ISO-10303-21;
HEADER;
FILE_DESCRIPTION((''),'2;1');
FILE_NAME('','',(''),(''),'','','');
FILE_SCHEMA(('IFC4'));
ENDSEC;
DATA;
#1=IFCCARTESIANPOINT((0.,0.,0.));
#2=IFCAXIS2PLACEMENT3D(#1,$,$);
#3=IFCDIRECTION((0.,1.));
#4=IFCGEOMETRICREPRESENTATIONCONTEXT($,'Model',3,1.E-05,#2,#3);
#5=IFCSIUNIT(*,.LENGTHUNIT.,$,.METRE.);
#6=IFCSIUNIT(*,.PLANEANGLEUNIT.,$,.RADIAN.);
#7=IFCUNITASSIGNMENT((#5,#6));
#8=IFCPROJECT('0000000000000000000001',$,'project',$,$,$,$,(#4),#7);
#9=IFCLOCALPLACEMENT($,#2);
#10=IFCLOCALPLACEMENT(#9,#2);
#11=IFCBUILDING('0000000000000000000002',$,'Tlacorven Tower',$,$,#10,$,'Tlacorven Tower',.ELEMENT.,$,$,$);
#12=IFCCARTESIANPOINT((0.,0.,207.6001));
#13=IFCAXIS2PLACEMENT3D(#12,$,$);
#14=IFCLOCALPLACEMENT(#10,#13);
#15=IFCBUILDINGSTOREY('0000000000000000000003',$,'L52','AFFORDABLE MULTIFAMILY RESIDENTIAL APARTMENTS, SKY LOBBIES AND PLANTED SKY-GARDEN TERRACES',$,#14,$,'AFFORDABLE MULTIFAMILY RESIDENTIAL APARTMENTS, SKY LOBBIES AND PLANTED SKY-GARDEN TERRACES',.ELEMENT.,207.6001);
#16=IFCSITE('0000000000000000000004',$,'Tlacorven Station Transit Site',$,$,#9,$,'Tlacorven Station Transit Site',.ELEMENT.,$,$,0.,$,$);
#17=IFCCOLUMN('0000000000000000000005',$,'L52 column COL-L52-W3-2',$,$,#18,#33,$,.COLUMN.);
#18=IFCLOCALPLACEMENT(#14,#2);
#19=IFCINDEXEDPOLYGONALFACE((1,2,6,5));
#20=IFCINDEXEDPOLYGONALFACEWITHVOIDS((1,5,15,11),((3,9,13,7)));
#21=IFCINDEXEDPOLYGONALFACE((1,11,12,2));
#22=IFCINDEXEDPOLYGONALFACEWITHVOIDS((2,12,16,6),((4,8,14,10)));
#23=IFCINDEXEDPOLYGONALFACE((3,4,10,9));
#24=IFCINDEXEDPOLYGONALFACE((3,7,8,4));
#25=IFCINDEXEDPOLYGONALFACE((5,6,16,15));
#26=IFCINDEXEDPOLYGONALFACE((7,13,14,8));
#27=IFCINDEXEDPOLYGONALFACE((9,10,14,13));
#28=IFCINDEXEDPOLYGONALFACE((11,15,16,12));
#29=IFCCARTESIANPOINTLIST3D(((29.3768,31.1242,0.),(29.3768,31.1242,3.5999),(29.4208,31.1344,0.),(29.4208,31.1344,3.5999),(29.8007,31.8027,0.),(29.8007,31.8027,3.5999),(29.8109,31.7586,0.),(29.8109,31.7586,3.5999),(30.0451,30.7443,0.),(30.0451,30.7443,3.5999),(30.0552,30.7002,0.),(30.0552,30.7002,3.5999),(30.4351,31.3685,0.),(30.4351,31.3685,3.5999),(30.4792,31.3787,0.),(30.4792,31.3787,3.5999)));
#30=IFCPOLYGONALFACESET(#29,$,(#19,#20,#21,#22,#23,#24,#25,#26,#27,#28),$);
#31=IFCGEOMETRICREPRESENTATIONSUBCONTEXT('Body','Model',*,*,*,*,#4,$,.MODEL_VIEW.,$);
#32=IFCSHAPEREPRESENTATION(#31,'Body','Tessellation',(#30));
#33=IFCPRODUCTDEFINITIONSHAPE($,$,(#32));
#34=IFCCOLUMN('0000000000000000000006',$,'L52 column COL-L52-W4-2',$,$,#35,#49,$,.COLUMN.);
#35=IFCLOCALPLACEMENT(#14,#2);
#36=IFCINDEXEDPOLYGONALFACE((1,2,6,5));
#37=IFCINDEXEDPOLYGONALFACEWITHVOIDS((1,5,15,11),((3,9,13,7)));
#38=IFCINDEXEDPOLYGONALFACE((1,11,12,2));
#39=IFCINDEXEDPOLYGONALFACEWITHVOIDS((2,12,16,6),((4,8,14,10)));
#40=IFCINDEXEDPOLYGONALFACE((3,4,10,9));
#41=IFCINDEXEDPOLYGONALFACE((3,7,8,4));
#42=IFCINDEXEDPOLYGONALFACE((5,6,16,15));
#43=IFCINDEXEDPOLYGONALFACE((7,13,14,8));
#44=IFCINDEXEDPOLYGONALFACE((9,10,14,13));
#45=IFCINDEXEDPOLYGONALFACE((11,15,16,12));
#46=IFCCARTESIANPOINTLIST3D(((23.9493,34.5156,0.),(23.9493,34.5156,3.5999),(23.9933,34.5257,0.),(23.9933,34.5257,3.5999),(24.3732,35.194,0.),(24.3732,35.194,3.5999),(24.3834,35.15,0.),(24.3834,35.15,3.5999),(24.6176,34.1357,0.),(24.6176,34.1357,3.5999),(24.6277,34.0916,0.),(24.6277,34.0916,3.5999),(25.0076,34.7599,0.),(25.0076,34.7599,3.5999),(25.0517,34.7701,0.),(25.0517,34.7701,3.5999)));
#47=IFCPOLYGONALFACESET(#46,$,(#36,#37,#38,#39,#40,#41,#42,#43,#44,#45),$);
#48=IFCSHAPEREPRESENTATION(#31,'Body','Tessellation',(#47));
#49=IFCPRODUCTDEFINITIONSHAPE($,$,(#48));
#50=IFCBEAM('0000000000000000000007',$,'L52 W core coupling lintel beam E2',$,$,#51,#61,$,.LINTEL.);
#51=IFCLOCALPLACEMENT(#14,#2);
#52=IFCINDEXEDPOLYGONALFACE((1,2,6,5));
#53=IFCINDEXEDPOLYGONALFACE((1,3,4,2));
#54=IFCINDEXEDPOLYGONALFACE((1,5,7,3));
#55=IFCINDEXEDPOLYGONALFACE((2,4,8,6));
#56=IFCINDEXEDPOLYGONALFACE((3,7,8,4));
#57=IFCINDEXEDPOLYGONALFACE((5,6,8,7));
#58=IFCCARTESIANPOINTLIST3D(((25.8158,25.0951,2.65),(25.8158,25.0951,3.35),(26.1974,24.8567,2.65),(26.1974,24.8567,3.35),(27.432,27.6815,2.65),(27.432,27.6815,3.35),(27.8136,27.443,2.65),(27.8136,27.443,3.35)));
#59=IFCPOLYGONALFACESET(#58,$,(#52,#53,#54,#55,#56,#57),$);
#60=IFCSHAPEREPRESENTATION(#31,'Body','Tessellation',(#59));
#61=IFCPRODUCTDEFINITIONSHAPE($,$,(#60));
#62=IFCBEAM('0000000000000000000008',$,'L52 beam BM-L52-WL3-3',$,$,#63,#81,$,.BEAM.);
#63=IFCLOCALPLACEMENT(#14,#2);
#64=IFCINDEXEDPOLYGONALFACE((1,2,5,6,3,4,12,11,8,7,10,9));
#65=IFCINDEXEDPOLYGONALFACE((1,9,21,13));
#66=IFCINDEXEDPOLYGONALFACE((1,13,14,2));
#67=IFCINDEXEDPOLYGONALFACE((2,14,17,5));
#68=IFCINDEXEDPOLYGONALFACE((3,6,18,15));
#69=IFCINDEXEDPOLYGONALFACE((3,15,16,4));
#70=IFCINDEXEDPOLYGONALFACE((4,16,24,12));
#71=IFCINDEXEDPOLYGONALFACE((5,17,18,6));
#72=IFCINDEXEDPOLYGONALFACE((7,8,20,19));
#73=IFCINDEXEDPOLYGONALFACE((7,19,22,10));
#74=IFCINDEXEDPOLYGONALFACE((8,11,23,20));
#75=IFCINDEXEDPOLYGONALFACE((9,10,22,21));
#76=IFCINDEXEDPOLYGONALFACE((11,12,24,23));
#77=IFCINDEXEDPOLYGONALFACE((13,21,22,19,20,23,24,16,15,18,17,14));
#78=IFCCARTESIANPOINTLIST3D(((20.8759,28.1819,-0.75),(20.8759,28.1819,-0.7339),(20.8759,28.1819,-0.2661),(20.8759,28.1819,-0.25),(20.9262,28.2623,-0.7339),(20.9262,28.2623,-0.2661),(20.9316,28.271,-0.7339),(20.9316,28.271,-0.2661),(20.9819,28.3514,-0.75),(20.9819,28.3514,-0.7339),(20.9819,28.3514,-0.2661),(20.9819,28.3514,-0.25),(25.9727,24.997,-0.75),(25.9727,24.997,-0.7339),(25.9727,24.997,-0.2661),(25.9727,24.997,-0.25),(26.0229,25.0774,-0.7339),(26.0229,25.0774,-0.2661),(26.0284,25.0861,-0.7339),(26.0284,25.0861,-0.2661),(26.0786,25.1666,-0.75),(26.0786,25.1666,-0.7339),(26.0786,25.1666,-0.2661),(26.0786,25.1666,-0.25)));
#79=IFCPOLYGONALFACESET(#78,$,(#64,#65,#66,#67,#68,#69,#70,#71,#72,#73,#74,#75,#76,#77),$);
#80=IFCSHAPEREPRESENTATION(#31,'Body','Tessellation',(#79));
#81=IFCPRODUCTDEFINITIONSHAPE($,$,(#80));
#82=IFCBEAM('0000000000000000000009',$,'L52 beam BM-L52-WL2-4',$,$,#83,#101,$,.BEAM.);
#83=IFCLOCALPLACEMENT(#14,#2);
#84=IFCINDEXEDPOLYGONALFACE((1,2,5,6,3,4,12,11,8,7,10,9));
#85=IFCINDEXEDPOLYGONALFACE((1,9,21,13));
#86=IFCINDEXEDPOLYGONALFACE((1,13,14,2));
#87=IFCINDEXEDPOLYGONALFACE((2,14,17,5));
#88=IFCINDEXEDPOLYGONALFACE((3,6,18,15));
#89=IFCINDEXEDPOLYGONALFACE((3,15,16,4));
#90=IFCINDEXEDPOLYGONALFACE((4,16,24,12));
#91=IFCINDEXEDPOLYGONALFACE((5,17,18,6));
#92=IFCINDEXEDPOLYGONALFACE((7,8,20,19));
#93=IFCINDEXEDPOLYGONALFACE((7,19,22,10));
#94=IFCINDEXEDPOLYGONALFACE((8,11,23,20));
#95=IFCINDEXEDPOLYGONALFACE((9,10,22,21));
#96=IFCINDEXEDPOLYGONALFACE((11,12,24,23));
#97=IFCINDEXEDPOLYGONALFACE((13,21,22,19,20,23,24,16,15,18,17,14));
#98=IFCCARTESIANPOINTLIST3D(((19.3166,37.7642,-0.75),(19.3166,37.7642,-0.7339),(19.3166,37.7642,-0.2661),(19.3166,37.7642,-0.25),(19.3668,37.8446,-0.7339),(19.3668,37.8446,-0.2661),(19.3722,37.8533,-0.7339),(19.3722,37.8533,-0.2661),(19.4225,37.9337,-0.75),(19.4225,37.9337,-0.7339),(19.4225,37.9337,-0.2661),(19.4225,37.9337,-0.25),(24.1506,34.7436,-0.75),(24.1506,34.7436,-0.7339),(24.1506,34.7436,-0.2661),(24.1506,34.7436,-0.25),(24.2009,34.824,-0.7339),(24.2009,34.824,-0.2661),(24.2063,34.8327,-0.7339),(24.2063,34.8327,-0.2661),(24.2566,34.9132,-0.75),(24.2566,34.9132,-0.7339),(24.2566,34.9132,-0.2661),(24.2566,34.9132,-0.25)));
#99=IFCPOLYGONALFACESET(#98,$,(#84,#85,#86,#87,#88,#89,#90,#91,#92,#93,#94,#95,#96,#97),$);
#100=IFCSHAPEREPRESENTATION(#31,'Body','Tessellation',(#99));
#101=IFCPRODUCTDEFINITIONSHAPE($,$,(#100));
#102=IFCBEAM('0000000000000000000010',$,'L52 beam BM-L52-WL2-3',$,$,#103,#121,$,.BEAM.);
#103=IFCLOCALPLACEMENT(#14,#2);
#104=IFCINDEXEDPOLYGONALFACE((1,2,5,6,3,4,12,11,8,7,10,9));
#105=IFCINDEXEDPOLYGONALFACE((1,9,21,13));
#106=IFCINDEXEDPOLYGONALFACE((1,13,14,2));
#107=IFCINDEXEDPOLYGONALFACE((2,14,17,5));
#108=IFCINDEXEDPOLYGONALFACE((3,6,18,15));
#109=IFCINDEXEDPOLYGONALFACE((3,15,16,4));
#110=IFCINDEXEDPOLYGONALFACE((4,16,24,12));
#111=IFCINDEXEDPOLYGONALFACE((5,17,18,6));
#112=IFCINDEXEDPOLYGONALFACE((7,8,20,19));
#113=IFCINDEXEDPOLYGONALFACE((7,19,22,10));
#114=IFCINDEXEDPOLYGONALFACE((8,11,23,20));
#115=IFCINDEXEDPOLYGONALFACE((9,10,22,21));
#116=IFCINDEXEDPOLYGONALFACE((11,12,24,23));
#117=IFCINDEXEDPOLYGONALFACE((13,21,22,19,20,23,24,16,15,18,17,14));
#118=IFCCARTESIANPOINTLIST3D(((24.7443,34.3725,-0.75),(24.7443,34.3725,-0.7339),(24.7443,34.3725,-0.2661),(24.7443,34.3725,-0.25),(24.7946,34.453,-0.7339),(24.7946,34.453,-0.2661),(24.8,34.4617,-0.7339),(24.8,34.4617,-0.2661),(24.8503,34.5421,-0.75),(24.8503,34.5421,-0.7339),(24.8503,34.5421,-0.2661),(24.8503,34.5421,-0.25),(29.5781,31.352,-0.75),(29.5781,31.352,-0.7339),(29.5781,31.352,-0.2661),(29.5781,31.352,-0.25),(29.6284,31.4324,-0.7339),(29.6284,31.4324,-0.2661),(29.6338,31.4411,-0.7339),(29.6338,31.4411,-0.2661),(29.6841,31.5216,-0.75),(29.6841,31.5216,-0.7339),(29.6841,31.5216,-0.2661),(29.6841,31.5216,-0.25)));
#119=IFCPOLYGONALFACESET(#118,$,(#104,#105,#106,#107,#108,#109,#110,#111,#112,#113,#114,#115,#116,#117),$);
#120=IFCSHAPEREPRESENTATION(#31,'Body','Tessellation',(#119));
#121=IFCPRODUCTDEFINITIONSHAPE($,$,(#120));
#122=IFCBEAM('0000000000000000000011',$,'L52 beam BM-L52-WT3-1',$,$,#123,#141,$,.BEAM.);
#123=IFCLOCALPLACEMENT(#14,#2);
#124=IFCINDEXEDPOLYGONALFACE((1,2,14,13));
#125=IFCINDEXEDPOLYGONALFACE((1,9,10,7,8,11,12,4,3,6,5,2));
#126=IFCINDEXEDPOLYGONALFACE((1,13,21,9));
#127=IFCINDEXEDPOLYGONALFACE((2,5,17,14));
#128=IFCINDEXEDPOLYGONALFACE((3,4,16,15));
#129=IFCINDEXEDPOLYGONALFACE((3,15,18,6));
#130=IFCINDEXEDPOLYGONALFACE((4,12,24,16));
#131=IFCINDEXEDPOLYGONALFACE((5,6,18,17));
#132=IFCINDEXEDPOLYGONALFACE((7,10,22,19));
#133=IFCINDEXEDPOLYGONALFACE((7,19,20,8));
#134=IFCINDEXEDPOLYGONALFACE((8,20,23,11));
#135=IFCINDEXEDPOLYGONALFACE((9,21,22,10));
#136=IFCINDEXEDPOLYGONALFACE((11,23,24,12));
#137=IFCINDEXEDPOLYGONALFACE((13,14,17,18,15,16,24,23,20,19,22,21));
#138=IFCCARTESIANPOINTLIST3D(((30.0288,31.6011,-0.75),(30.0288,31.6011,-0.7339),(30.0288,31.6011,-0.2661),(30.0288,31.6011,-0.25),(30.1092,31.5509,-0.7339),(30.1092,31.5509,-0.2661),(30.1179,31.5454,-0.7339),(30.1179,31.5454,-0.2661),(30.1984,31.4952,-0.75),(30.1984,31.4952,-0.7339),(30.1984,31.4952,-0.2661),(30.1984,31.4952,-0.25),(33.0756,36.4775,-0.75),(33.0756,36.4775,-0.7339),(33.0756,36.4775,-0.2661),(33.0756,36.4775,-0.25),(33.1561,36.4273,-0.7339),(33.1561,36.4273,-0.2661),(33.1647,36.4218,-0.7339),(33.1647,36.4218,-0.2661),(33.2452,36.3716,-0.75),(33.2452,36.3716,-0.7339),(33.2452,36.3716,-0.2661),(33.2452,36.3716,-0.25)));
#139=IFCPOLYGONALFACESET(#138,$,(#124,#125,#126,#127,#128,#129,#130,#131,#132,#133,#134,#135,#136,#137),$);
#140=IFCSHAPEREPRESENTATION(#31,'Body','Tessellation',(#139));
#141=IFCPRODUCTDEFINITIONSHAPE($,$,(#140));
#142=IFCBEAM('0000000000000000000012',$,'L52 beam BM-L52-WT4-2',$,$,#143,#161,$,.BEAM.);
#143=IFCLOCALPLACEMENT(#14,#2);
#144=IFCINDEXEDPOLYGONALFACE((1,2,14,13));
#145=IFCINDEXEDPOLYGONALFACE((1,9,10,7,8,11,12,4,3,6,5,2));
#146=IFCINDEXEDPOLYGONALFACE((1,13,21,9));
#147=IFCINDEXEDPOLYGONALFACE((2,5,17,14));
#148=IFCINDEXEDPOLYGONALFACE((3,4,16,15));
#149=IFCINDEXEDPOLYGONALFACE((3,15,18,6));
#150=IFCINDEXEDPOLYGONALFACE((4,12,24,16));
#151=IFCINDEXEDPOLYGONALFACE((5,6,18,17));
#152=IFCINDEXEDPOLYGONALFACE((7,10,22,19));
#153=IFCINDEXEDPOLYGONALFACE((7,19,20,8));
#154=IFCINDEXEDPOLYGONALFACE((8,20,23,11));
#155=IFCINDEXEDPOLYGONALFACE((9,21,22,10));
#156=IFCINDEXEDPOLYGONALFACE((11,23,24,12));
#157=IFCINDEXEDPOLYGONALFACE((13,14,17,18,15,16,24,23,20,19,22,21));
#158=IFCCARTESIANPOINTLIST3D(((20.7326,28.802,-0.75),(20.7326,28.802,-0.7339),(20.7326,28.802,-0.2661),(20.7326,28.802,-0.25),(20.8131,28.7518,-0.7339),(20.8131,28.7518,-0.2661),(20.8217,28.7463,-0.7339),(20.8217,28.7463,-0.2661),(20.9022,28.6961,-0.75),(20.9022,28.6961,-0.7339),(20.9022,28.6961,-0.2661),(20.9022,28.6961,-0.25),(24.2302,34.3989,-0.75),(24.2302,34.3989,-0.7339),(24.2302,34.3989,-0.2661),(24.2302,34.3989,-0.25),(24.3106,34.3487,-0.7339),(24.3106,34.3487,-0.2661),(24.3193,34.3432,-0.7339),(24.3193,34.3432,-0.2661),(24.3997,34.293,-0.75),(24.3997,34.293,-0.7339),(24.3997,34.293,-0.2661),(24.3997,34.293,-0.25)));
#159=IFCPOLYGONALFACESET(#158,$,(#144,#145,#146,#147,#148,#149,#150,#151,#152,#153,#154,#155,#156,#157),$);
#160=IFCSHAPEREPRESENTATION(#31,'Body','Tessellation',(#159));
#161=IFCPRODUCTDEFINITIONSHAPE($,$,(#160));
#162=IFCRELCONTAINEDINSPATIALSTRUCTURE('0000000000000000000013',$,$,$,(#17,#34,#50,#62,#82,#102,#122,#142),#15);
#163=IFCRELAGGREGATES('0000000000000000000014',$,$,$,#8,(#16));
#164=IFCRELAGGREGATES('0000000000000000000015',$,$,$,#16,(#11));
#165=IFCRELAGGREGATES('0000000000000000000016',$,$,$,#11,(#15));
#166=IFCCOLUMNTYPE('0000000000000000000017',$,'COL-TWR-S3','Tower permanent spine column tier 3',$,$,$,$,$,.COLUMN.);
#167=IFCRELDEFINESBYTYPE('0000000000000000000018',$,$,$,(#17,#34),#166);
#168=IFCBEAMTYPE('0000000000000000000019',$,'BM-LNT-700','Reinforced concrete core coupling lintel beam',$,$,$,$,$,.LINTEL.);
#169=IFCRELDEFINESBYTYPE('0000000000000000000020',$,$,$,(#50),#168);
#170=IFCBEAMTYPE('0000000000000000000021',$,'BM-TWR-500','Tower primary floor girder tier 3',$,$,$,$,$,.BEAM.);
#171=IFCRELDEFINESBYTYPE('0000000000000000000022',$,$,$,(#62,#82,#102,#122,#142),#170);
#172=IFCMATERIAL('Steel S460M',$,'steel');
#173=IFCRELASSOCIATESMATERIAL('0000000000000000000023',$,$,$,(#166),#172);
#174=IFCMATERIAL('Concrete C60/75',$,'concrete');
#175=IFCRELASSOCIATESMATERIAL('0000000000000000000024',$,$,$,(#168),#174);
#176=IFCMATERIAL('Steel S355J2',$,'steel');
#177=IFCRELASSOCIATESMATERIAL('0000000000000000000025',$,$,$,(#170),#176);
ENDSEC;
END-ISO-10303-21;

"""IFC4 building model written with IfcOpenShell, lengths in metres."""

from ifc_helpers import new_model, si_unit, direction, frame, origin, origin_2d, place, context, subcontext, project, spatial, rectangle, hollow_rectangle, i_section, extrude, source, transform, mapped, material, material_profile, profile_set, type_object, element, save


model = new_model("IFC4")

# Units and contexts
model_context = context("Model", 3, precision=1e-05, world=origin(), true_north=direction((0.0, 1.0)))
body_context = subcontext(model_context, "Body", "Model", "MODEL_VIEW")
ifc_project = project(units=[si_unit("LENGTHUNIT", "METRE"), si_unit("PLANEANGLEUNIT", "RADIAN")], contexts=[model_context])

# Site, building, storey
site_placement = place(None, origin())
site = spatial("IfcSite", under=ifc_project, at=site_placement, Name="Tlacorven Station Transit Site", LongName="Tlacorven Station Transit Site", CompositionType="ELEMENT", RefElevation=0.0)
building_placement = place(site_placement, origin())
building = spatial("IfcBuilding", under=site, at=building_placement, Name="Tlacorven Tower", LongName="Tlacorven Tower", CompositionType="ELEMENT")
storey_placement = place(building_placement, frame((0.0, 0.0, 207.6001)))
storey = spatial("IfcBuildingStorey", under=building, at=storey_placement, Name="L52", Description="AFFORDABLE MULTIFAMILY RESIDENTIAL APARTMENTS, SKY LOBBIES AND PLANTED SKY-GARDEN TERRACES", LongName="AFFORDABLE MULTIFAMILY RESIDENTIAL APARTMENTS, SKY LOBBIES AND PLANTED SKY-GARDEN TERRACES", CompositionType="ELEMENT", Elevation=207.6001)

# Columns
ifc_material_1 = material(Name="Steel S460M", Category="steel")
ifc_material_profile_1 = material_profile(ifc_material_1, hollow_rectangle(XDim=0.8, YDim=0.8, WallThickness=0.032, at=origin_2d()), Name="BOX 800X800X32")
ifc_profile_set_1 = profile_set([ifc_material_profile_1], Name="Steel S460M")
column_type = type_object("IfcColumnType", Name="COL-TWR-S3", Description="Tower permanent spine column tier 3", PredefinedType="COLUMN", material=ifc_profile_set_1)
shared_shape_1 = source(origin(), body_context, "Body", "SweptSolid", [
    extrude(hollow_rectangle(XDim=0.8, YDim=0.8, WallThickness=0.032, at=origin_2d()), origin(), (0.0, 0.0, 1.0), 3.5999),
])
for number, where, z_axis, x_axis, name in (
    (1, (29.928, 31.2515, 0.0), (0.0, 0.0, 1.0), (-0.848048, 0.529919, 0.0), "L52 column COL-L52-W3-2"),
    (2, (24.5005, 34.6428, 0.0), (0.0, 0.0, 1.0), (-0.848048, 0.529919, 0.0), "L52 column COL-L52-W4-2"),
):
    element("IfcColumn", number, at=place(storey_placement, frame(where, z_axis=z_axis, x_axis=x_axis)), inside=storey, type_object=column_type, Name=name, PredefinedType="COLUMN", context=body_context, shape_type="MappedRepresentation", body=[
        mapped(shared_shape_1, transform((0.0, 0.0, 0.0), scale=1.0)),
    ])

# Beams
ifc_material_2 = material(Name="Concrete C60/75", Category="concrete")
ifc_material_profile_2 = material_profile(ifc_material_2, rectangle(XDim=0.45, YDim=0.7, at=origin_2d()), Name="RC 450X700")
ifc_profile_set_2 = profile_set([ifc_material_profile_2], Name="Concrete C60/75")
beam_type_1 = type_object("IfcBeamType", Name="BM-LNT-700", Description="Reinforced concrete core coupling lintel beam", PredefinedType="LINTEL", material=ifc_profile_set_2)
shared_shape_2 = source(origin(), body_context, "Body", "SweptSolid", [
    extrude(rectangle(XDim=0.45, YDim=0.7, at=origin_2d()), origin(), (0.0, 0.0, 1.0), 3.0498),
])
beam_1_placement = place(storey_placement, frame((27.6228, 27.5623, 3.0), z_axis=(-0.529927, -0.848043, 0.0), x_axis=(0.848043, -0.529927, 0.0)))
element("IfcBeam", 3, at=beam_1_placement, inside=storey, type_object=beam_type_1, Name="L52 W core coupling lintel beam E2", PredefinedType="LINTEL", context=body_context, shape_type="MappedRepresentation", body=[
    mapped(shared_shape_2, transform((0.0, 0.0, 0.0), scale=1.0)),
])
ifc_material_3 = material(Name="Steel S355J2", Category="steel")
ifc_material_profile_3 = material_profile(ifc_material_3, i_section(OverallWidth=0.2, OverallDepth=0.5, WebThickness=0.0103, FlangeThickness=0.0161, at=origin_2d()), Name="IPE 500")
ifc_profile_set_3 = profile_set([ifc_material_profile_3], Name="Steel S355J2")
beam_type_2 = type_object("IfcBeamType", Name="BM-TWR-500", Description="Tower primary floor girder tier 3", PredefinedType="BEAM", material=ifc_profile_set_3)
shared_shape_3 = source(origin(), body_context, "Body", "SweptSolid", [
    extrude(i_section(OverallWidth=0.2, OverallDepth=0.5, WebThickness=0.0103, FlangeThickness=0.0161, at=origin_2d()), origin(), (0.0, 0.0, 1.0), 6.01),
])
beam_2_placement = place(storey_placement, frame((26.0256, 25.0818, -0.5), z_axis=(-0.848044, 0.529926, 0.0), x_axis=(-0.529926, -0.848044, 0.0)))
element("IfcBeam", 4, at=beam_2_placement, inside=storey, type_object=beam_type_2, Name="L52 beam BM-L52-WL3-3", PredefinedType="BEAM", context=body_context, shape_type="MappedRepresentation", body=[
    mapped(shared_shape_3, transform((0.0, 0.0, 0.0), scale=1.0)),
])
shared_shape_4 = source(origin(), body_context, "Body", "SweptSolid", [
    extrude(i_section(OverallWidth=0.2, OverallDepth=0.5, WebThickness=0.0103, FlangeThickness=0.0161, at=origin_2d()), origin(), (0.0, 0.0, 1.0), 5.7002),
])
beam_3_placement = place(storey_placement, frame((24.2036, 34.8284, -0.5), z_axis=(-0.848056, 0.529907, 0.0), x_axis=(-0.529907, -0.848056, 0.0)))
element("IfcBeam", 5, at=beam_3_placement, inside=storey, type_object=beam_type_2, Name="L52 beam BM-L52-WL2-4", PredefinedType="BEAM", context=body_context, shape_type="MappedRepresentation", body=[
    mapped(shared_shape_4, transform((0.0, 0.0, 0.0), scale=1.0)),
])
shared_shape_5 = source(origin(), body_context, "Body", "SweptSolid", [
    extrude(i_section(OverallWidth=0.2, OverallDepth=0.5, WebThickness=0.0103, FlangeThickness=0.0161, at=origin_2d()), origin(), (0.0, 0.0, 1.0), 5.7),
])
beam_4_placement = place(storey_placement, frame((29.6311, 31.4368, -0.5), z_axis=(-0.848044, 0.529926, 0.0), x_axis=(-0.529926, -0.848044, 0.0)))
element("IfcBeam", 6, at=beam_4_placement, inside=storey, type_object=beam_type_2, Name="L52 beam BM-L52-WL2-3", PredefinedType="BEAM", context=body_context, shape_type="MappedRepresentation", body=[
    mapped(shared_shape_5, transform((0.0, 0.0, 0.0), scale=1.0)),
])
shared_shape_6 = source(origin(), body_context, "Body", "SweptSolid", [
    extrude(i_section(OverallWidth=0.2, OverallDepth=0.5, WebThickness=0.0103, FlangeThickness=0.0161, at=origin_2d()), origin(), (0.0, 0.0, 1.0), 5.75),
])
beam_5_placement = place(storey_placement, frame((33.1604, 36.4246, -0.5), z_axis=(-0.529884, -0.84807, 0.0), x_axis=(0.84807, -0.529884, 0.0)))
element("IfcBeam", 7, at=beam_5_placement, inside=storey, type_object=beam_type_2, Name="L52 beam BM-L52-WT3-1", PredefinedType="BEAM", context=body_context, shape_type="MappedRepresentation", body=[
    mapped(shared_shape_6, transform((0.0, 0.0, 0.0), scale=1.0)),
])
shared_shape_7 = source(origin(), body_context, "Body", "SweptSolid", [
    extrude(i_section(OverallWidth=0.2, OverallDepth=0.5, WebThickness=0.0103, FlangeThickness=0.0161, at=origin_2d()), origin(), (0.0, 0.0, 1.0), 6.5999),
])
beam_6_placement = place(storey_placement, frame((24.3149, 34.3459, -0.5), z_axis=(-0.529942, -0.848034, 0.0), x_axis=(0.848034, -0.529942, 0.0)))
element("IfcBeam", 8, at=beam_6_placement, inside=storey, type_object=beam_type_2, Name="L52 beam BM-L52-WT4-2", PredefinedType="BEAM", context=body_context, shape_type="MappedRepresentation", body=[
    mapped(shared_shape_7, transform((0.0, 0.0, 0.0), scale=1.0)),
])

save(model, "model.ifc")
